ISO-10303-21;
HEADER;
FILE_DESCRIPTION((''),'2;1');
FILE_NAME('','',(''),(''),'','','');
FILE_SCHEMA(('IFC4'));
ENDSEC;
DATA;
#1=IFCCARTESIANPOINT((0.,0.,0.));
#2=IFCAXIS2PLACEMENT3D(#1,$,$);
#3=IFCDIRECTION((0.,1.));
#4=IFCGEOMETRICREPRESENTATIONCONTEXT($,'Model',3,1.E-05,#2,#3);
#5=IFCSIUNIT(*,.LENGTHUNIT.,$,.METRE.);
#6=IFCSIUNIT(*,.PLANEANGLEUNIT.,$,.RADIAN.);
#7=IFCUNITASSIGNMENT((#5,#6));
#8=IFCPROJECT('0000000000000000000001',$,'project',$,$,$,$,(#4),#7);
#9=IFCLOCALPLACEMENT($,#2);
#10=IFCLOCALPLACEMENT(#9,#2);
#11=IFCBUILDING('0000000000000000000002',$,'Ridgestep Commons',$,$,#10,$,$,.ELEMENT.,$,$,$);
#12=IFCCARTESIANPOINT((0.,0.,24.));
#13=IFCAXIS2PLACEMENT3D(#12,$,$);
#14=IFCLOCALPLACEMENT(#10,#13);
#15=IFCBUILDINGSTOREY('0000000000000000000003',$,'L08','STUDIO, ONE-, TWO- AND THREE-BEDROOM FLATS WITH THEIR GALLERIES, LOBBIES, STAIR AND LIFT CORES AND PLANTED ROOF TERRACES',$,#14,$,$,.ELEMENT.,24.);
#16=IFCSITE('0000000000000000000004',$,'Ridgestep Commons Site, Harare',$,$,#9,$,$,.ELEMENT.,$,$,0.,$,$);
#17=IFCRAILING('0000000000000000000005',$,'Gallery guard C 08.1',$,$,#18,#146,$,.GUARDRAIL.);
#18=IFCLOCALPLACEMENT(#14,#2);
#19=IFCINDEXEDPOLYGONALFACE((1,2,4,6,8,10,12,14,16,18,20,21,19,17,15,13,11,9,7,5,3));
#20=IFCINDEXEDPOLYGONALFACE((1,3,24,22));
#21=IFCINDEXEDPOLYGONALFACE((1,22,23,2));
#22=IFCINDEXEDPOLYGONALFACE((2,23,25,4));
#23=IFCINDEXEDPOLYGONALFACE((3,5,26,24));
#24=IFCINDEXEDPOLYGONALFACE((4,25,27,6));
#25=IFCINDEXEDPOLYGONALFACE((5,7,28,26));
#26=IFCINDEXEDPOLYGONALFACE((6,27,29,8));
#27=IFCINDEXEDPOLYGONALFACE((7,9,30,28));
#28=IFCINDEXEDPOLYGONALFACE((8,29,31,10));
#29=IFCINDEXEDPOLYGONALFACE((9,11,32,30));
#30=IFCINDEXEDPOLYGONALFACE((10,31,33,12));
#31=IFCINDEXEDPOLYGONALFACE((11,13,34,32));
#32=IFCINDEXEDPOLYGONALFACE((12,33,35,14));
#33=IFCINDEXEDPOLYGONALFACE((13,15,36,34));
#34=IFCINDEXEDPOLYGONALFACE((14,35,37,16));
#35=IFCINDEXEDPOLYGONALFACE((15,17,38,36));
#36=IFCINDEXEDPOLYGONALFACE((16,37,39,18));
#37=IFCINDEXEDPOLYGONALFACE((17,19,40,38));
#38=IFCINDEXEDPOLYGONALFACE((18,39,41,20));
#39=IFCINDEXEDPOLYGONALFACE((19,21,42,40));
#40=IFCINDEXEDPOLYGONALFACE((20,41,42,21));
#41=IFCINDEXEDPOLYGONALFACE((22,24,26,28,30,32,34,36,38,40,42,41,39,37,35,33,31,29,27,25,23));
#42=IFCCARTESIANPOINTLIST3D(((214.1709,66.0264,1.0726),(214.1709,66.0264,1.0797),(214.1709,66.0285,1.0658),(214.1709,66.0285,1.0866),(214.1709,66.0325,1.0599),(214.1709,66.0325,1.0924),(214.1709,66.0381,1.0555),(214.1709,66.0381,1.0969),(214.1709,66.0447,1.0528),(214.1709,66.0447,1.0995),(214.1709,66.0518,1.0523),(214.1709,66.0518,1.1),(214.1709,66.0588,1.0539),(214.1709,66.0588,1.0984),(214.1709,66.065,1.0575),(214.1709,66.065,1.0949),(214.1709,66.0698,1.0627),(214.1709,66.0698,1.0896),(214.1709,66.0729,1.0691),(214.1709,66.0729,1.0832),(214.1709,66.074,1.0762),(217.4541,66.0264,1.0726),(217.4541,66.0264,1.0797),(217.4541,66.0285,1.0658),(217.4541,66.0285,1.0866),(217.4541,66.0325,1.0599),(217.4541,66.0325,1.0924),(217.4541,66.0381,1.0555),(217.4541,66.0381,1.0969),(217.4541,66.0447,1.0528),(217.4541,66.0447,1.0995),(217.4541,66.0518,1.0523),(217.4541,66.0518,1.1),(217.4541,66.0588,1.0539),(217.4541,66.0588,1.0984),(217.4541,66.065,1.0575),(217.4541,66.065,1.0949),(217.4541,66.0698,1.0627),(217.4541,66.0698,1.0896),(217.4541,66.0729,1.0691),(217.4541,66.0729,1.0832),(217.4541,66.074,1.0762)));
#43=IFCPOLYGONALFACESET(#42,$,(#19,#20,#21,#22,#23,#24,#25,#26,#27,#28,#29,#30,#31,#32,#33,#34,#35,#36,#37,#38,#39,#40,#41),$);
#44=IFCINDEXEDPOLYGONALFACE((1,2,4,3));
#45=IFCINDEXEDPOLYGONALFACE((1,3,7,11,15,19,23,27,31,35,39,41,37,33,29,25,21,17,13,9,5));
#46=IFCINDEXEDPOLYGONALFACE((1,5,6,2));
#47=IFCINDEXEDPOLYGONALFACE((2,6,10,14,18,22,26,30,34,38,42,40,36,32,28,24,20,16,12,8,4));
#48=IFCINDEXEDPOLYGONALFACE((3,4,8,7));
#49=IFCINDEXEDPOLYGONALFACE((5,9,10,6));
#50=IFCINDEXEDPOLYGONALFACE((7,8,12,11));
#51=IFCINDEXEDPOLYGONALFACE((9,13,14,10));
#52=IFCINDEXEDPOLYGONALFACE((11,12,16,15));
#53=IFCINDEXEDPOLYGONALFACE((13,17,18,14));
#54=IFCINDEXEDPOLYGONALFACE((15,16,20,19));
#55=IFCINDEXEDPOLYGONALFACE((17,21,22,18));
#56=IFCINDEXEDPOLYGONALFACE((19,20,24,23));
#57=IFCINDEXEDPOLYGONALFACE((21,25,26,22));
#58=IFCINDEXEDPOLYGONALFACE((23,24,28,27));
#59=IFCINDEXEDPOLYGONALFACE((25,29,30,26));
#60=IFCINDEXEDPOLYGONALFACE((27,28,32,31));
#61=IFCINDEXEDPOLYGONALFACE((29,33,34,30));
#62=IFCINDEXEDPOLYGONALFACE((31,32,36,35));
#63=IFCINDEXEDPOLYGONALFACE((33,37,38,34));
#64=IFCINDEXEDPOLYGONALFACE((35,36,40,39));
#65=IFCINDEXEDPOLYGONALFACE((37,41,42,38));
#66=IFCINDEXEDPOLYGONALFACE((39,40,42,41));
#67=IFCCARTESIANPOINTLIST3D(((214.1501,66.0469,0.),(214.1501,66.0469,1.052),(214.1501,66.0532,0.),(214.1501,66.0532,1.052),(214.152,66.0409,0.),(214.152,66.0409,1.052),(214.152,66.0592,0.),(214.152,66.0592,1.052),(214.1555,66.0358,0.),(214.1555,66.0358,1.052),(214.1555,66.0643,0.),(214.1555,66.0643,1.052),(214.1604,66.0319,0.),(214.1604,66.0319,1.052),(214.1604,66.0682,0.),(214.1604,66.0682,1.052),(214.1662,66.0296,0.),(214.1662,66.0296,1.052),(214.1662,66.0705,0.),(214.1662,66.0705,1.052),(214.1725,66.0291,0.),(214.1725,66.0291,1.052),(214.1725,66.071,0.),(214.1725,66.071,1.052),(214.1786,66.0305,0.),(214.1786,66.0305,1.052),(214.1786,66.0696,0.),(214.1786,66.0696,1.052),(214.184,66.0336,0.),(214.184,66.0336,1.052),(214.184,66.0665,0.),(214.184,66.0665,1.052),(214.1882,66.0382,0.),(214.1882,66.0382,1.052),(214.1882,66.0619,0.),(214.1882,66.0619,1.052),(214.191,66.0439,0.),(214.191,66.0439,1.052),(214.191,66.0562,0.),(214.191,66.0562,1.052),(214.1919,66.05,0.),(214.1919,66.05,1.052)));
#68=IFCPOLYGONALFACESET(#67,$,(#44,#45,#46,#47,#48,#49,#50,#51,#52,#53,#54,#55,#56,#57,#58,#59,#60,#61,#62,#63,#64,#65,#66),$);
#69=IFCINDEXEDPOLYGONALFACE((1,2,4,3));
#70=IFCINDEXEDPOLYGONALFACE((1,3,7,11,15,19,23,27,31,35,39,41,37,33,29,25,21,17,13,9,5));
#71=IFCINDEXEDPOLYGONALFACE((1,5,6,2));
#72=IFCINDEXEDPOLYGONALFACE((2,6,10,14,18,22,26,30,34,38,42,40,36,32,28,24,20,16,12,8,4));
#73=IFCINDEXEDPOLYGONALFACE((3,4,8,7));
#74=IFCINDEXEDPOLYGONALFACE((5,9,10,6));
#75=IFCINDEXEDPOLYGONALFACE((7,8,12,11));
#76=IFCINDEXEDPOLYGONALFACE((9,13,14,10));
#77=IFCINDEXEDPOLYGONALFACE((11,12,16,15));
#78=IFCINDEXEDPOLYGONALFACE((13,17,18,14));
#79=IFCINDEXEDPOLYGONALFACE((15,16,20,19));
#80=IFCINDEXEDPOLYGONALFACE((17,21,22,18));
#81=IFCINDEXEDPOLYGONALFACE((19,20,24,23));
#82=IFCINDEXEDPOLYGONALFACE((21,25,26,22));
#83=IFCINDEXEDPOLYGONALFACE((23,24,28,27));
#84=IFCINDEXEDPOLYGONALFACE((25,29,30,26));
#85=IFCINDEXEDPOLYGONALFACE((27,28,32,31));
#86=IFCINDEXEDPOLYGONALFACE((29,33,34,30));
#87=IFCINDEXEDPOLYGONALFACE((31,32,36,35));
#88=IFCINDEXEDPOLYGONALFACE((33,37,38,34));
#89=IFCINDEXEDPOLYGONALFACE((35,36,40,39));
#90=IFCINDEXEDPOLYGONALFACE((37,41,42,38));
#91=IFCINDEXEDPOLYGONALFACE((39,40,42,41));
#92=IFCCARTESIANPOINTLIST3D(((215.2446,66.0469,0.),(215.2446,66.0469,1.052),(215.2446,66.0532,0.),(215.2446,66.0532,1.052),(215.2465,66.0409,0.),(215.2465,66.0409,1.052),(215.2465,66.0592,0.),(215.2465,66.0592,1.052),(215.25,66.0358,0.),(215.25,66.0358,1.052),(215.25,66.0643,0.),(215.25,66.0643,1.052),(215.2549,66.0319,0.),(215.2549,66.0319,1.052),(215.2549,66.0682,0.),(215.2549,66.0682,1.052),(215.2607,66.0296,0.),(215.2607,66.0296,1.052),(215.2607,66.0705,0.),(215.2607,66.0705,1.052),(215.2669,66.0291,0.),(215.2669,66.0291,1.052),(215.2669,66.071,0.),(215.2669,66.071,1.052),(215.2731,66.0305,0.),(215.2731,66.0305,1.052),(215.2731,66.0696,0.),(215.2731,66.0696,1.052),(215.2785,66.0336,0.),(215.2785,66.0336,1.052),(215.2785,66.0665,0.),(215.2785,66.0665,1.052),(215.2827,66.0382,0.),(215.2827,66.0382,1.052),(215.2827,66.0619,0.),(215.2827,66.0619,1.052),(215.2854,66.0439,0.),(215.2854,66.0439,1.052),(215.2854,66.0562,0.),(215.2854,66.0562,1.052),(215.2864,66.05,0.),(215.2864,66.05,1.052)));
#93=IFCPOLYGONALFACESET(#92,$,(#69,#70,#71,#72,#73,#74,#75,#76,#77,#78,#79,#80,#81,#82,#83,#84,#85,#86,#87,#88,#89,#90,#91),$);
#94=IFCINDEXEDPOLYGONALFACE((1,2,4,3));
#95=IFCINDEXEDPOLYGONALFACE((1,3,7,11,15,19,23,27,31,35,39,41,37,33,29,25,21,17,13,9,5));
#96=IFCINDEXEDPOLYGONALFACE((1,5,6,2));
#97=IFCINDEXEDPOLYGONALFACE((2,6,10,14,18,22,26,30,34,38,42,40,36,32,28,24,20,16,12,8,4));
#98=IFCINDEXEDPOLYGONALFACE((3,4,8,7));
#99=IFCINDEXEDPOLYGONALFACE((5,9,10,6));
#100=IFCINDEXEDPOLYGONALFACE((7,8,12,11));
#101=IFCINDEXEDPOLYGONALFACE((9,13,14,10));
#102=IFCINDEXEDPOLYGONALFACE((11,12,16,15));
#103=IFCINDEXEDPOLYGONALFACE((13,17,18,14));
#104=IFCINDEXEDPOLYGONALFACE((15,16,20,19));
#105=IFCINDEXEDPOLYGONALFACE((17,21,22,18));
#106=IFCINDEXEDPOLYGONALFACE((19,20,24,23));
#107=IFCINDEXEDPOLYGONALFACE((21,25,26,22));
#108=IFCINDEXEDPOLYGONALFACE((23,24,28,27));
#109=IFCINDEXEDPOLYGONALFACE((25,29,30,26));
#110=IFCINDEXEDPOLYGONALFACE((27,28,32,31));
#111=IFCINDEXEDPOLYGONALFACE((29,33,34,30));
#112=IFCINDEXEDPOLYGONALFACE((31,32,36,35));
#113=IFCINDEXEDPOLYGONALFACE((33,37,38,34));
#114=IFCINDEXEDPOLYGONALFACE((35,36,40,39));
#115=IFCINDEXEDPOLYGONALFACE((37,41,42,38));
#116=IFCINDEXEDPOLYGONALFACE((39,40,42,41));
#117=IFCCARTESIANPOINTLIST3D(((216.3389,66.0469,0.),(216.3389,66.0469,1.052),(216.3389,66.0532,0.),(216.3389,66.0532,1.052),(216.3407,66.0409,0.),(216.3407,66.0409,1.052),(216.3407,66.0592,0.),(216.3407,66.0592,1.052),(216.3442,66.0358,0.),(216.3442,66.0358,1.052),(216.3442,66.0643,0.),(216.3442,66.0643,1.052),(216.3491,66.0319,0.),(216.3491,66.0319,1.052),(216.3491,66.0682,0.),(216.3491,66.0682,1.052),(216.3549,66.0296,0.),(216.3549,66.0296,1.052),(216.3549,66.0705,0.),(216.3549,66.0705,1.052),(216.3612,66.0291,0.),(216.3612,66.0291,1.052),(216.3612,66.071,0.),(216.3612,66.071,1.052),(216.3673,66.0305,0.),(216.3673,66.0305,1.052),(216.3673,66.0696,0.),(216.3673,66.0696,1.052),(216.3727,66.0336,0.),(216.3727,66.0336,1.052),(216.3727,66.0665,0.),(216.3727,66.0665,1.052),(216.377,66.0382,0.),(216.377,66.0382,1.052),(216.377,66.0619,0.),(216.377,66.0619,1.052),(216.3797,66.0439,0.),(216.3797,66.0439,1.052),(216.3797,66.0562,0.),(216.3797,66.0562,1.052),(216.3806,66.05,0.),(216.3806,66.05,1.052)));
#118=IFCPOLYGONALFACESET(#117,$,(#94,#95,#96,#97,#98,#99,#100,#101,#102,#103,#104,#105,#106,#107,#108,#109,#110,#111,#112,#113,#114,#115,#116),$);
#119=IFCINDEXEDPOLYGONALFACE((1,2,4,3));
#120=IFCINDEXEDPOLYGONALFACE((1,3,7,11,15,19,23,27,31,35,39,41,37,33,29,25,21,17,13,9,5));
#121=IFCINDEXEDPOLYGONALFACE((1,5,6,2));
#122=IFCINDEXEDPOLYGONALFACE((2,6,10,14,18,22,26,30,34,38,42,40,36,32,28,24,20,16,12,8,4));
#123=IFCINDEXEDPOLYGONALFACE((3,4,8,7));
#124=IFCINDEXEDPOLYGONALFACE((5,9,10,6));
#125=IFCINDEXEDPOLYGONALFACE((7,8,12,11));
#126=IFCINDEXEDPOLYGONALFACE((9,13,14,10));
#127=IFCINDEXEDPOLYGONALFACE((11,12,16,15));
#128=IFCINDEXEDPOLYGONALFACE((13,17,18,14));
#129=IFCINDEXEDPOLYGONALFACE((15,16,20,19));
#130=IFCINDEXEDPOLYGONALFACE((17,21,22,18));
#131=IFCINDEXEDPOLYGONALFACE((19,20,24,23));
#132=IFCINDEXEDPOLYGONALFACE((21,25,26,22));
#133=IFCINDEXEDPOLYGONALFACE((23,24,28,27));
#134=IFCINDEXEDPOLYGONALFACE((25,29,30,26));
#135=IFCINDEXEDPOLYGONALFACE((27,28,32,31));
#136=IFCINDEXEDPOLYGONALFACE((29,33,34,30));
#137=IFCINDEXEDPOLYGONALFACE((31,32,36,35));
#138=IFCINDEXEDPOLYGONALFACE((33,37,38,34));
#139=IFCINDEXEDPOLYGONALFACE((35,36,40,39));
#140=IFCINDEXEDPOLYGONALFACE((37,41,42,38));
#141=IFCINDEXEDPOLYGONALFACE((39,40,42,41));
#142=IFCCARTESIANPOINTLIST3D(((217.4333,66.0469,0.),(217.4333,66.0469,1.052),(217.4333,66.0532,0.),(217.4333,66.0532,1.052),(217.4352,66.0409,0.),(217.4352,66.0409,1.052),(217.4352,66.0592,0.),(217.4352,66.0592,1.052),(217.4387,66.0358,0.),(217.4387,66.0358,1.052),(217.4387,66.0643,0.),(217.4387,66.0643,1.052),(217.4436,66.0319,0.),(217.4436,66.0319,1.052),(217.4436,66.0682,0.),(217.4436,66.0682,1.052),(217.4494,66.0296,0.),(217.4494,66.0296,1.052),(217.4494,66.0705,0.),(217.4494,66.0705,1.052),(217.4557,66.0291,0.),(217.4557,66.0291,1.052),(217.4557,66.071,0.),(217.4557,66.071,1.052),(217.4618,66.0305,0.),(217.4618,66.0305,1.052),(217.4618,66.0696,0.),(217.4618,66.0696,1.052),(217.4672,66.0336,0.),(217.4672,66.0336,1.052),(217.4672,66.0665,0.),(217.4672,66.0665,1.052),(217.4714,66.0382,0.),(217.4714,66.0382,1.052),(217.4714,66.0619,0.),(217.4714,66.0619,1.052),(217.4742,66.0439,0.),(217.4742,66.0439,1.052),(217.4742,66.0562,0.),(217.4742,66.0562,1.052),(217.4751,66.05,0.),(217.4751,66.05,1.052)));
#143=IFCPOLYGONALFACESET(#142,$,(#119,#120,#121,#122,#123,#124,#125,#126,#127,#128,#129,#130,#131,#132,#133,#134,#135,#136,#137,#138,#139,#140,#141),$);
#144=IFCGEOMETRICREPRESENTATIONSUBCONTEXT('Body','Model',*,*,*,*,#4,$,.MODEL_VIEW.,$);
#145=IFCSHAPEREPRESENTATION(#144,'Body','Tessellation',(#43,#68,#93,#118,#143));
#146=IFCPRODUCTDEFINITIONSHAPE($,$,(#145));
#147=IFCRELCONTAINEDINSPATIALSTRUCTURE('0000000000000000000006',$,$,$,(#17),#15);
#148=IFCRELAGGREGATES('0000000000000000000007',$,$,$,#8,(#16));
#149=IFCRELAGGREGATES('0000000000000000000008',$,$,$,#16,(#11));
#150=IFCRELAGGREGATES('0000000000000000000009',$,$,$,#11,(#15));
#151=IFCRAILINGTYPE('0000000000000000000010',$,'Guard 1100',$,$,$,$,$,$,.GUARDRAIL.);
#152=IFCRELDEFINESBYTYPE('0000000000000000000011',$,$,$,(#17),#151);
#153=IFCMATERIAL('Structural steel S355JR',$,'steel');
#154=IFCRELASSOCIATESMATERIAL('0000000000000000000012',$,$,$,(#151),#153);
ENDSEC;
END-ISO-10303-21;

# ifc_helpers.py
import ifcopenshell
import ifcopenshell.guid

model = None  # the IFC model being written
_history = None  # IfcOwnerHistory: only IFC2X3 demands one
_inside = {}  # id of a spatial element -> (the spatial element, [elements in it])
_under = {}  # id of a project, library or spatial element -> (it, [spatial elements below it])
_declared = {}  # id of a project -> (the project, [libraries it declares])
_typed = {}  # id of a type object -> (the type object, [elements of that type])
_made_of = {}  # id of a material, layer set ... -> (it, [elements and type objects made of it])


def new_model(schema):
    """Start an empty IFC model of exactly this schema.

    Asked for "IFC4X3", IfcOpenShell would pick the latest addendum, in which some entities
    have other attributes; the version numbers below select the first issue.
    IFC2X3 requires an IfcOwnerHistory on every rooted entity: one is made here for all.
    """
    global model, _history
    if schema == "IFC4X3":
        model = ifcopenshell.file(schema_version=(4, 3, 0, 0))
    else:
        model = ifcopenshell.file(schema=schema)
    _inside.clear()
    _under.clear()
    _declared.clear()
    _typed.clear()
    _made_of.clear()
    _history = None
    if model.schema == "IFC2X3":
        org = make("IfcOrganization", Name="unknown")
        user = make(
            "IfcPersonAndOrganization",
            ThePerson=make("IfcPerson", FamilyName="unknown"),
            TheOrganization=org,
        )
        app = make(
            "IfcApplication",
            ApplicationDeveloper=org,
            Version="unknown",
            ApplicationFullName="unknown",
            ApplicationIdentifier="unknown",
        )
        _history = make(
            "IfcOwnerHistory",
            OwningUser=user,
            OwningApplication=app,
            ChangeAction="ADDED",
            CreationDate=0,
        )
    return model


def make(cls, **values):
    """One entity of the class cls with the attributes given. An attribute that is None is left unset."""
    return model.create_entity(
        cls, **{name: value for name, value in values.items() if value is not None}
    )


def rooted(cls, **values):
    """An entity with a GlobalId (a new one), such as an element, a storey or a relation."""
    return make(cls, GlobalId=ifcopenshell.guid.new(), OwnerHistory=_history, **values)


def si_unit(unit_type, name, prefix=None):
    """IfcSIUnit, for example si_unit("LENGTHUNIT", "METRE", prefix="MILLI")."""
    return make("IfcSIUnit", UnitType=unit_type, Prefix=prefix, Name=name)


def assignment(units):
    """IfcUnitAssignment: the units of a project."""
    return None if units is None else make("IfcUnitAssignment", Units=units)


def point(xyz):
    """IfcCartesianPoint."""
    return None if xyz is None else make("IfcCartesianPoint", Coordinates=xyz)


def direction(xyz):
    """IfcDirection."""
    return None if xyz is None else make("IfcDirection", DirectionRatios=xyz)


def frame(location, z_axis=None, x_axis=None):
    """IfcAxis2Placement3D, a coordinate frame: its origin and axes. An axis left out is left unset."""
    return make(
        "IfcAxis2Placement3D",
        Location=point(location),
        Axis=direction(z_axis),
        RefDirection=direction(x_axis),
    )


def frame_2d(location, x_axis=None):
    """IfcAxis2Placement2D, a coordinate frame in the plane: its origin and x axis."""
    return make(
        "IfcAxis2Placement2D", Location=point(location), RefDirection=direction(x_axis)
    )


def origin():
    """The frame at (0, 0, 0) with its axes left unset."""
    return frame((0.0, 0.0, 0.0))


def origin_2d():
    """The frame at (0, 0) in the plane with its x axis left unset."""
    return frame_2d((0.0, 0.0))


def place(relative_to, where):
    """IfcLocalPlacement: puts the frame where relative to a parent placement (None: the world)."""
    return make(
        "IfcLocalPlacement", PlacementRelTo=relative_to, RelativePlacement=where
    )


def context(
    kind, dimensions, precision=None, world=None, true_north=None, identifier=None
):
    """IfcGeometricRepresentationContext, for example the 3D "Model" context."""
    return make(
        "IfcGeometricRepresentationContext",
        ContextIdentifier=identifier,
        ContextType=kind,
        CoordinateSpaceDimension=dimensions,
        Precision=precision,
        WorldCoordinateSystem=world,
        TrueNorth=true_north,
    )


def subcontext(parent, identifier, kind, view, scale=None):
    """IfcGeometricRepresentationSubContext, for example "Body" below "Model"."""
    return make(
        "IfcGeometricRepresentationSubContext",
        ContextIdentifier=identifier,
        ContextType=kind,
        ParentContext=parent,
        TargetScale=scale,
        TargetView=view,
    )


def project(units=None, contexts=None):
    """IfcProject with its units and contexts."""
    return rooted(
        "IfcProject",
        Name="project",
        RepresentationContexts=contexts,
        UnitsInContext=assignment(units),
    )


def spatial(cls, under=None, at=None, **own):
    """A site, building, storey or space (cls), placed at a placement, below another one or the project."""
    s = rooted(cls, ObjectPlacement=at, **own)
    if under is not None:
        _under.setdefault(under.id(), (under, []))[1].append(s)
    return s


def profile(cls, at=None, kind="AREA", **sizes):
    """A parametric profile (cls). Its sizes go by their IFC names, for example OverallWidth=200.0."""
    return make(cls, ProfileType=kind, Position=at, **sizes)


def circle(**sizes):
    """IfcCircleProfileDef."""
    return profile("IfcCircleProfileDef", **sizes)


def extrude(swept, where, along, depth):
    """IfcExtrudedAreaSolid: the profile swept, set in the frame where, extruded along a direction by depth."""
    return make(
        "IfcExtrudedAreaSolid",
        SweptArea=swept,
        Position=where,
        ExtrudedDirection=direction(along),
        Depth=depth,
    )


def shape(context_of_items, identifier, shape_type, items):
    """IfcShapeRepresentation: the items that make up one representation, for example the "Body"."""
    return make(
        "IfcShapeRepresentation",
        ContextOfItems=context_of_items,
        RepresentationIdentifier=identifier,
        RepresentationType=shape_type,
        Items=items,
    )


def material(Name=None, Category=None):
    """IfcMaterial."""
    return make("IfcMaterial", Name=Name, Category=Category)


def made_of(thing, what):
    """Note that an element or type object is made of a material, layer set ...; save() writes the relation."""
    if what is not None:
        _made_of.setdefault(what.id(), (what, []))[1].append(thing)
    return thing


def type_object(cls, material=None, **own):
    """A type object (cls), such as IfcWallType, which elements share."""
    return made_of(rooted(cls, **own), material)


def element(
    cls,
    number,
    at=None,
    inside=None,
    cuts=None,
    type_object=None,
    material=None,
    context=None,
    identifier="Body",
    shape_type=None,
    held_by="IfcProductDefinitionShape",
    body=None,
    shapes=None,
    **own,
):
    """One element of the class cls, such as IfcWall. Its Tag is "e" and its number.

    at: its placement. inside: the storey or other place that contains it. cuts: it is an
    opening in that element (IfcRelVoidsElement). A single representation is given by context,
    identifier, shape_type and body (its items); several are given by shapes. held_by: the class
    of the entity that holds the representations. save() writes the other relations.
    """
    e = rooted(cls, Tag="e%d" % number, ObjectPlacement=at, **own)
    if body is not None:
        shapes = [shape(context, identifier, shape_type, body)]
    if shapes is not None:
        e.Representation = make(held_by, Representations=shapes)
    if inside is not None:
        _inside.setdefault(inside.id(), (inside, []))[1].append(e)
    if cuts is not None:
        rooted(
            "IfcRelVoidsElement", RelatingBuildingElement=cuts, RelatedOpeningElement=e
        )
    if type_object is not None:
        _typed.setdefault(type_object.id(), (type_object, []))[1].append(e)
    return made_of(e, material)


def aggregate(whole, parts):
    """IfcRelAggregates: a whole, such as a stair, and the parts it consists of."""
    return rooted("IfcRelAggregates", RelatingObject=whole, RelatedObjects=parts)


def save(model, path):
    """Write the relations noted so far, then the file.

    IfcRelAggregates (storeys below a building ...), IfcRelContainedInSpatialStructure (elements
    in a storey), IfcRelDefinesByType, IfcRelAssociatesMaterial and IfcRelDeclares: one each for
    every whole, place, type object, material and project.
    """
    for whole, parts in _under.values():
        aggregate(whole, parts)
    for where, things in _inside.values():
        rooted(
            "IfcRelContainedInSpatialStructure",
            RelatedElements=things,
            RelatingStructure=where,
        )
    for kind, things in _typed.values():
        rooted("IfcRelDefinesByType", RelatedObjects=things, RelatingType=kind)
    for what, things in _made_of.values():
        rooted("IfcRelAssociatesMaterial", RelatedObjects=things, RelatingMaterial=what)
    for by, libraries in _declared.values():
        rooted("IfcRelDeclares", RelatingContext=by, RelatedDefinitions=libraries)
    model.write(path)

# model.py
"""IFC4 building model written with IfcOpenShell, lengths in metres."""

from ifc_helpers import new_model, si_unit, direction, frame, origin, origin_2d, place, context, subcontext, project, spatial, circle, extrude, material, type_object, element, save


model = new_model("IFC4")

# Units and contexts
model_context = context("Model", 3, precision=1e-05, world=origin(), true_north=direction((0.0, 1.0)))
body_context = subcontext(model_context, "Body", "Model", "MODEL_VIEW")
ifc_project = project(units=[si_unit("LENGTHUNIT", "METRE"), si_unit("PLANEANGLEUNIT", "RADIAN")], contexts=[model_context])

# Site, building, storey
site_placement = place(None, origin())
site = spatial("IfcSite", under=ifc_project, at=site_placement, Name="Ridgestep Commons Site, Harare", CompositionType="ELEMENT", RefElevation=0.0)
building_placement = place(site_placement, origin())
building = spatial("IfcBuilding", under=site, at=building_placement, Name="Ridgestep Commons", CompositionType="ELEMENT")
storey_placement = place(building_placement, frame((0.0, 0.0, 24.0)))
storey = spatial("IfcBuildingStorey", under=building, at=storey_placement, Name="L08", Description="STUDIO, ONE-, TWO- AND THREE-BEDROOM FLATS WITH THEIR GALLERIES, LOBBIES, STAIR AND LIFT CORES AND PLANTED ROOF TERRACES", CompositionType="ELEMENT", Elevation=24.0)

# Railing
ifc_material_1 = material(Name="Structural steel S355JR", Category="steel")
railing_type_1 = type_object("IfcRailingType", Name="Guard 1100", PredefinedType="GUARDRAIL", material=ifc_material_1)
railing_1_placement = place(storey_placement, frame((214.1709, 66.05, 0.0)))
element("IfcRailing", 1, at=railing_1_placement, inside=storey, type_object=railing_type_1, Name="Gallery guard C 08.1", PredefinedType="GUARDRAIL", context=body_context, shape_type="SweptSolid", body=[
    extrude(circle(Radius=0.0239, at=origin_2d()), frame((0.0, 0.0, 1.0762), z_axis=(1.0, 0.0, 0.0), x_axis=(0.0, 1.0, 0.0)), (0.0, 0.0, 1.0), 3.2832),
    extrude(circle(Radius=0.021, at=origin_2d()), origin(), (0.0, 0.0, 1.0), 1.052),
    extrude(circle(Radius=0.021, at=origin_2d()), frame((1.0945, 0.0, 0.0)), (0.0, 0.0, 1.0), 1.052),
    extrude(circle(Radius=0.021, at=origin_2d()), frame((2.1887, 0.0, 0.0)), (0.0, 0.0, 1.0), 1.052),
    extrude(circle(Radius=0.021, at=origin_2d()), frame((3.2832, 0.0, 0.0)), (0.0, 0.0, 1.0), 1.052),
])

save(model, "model.ifc")
